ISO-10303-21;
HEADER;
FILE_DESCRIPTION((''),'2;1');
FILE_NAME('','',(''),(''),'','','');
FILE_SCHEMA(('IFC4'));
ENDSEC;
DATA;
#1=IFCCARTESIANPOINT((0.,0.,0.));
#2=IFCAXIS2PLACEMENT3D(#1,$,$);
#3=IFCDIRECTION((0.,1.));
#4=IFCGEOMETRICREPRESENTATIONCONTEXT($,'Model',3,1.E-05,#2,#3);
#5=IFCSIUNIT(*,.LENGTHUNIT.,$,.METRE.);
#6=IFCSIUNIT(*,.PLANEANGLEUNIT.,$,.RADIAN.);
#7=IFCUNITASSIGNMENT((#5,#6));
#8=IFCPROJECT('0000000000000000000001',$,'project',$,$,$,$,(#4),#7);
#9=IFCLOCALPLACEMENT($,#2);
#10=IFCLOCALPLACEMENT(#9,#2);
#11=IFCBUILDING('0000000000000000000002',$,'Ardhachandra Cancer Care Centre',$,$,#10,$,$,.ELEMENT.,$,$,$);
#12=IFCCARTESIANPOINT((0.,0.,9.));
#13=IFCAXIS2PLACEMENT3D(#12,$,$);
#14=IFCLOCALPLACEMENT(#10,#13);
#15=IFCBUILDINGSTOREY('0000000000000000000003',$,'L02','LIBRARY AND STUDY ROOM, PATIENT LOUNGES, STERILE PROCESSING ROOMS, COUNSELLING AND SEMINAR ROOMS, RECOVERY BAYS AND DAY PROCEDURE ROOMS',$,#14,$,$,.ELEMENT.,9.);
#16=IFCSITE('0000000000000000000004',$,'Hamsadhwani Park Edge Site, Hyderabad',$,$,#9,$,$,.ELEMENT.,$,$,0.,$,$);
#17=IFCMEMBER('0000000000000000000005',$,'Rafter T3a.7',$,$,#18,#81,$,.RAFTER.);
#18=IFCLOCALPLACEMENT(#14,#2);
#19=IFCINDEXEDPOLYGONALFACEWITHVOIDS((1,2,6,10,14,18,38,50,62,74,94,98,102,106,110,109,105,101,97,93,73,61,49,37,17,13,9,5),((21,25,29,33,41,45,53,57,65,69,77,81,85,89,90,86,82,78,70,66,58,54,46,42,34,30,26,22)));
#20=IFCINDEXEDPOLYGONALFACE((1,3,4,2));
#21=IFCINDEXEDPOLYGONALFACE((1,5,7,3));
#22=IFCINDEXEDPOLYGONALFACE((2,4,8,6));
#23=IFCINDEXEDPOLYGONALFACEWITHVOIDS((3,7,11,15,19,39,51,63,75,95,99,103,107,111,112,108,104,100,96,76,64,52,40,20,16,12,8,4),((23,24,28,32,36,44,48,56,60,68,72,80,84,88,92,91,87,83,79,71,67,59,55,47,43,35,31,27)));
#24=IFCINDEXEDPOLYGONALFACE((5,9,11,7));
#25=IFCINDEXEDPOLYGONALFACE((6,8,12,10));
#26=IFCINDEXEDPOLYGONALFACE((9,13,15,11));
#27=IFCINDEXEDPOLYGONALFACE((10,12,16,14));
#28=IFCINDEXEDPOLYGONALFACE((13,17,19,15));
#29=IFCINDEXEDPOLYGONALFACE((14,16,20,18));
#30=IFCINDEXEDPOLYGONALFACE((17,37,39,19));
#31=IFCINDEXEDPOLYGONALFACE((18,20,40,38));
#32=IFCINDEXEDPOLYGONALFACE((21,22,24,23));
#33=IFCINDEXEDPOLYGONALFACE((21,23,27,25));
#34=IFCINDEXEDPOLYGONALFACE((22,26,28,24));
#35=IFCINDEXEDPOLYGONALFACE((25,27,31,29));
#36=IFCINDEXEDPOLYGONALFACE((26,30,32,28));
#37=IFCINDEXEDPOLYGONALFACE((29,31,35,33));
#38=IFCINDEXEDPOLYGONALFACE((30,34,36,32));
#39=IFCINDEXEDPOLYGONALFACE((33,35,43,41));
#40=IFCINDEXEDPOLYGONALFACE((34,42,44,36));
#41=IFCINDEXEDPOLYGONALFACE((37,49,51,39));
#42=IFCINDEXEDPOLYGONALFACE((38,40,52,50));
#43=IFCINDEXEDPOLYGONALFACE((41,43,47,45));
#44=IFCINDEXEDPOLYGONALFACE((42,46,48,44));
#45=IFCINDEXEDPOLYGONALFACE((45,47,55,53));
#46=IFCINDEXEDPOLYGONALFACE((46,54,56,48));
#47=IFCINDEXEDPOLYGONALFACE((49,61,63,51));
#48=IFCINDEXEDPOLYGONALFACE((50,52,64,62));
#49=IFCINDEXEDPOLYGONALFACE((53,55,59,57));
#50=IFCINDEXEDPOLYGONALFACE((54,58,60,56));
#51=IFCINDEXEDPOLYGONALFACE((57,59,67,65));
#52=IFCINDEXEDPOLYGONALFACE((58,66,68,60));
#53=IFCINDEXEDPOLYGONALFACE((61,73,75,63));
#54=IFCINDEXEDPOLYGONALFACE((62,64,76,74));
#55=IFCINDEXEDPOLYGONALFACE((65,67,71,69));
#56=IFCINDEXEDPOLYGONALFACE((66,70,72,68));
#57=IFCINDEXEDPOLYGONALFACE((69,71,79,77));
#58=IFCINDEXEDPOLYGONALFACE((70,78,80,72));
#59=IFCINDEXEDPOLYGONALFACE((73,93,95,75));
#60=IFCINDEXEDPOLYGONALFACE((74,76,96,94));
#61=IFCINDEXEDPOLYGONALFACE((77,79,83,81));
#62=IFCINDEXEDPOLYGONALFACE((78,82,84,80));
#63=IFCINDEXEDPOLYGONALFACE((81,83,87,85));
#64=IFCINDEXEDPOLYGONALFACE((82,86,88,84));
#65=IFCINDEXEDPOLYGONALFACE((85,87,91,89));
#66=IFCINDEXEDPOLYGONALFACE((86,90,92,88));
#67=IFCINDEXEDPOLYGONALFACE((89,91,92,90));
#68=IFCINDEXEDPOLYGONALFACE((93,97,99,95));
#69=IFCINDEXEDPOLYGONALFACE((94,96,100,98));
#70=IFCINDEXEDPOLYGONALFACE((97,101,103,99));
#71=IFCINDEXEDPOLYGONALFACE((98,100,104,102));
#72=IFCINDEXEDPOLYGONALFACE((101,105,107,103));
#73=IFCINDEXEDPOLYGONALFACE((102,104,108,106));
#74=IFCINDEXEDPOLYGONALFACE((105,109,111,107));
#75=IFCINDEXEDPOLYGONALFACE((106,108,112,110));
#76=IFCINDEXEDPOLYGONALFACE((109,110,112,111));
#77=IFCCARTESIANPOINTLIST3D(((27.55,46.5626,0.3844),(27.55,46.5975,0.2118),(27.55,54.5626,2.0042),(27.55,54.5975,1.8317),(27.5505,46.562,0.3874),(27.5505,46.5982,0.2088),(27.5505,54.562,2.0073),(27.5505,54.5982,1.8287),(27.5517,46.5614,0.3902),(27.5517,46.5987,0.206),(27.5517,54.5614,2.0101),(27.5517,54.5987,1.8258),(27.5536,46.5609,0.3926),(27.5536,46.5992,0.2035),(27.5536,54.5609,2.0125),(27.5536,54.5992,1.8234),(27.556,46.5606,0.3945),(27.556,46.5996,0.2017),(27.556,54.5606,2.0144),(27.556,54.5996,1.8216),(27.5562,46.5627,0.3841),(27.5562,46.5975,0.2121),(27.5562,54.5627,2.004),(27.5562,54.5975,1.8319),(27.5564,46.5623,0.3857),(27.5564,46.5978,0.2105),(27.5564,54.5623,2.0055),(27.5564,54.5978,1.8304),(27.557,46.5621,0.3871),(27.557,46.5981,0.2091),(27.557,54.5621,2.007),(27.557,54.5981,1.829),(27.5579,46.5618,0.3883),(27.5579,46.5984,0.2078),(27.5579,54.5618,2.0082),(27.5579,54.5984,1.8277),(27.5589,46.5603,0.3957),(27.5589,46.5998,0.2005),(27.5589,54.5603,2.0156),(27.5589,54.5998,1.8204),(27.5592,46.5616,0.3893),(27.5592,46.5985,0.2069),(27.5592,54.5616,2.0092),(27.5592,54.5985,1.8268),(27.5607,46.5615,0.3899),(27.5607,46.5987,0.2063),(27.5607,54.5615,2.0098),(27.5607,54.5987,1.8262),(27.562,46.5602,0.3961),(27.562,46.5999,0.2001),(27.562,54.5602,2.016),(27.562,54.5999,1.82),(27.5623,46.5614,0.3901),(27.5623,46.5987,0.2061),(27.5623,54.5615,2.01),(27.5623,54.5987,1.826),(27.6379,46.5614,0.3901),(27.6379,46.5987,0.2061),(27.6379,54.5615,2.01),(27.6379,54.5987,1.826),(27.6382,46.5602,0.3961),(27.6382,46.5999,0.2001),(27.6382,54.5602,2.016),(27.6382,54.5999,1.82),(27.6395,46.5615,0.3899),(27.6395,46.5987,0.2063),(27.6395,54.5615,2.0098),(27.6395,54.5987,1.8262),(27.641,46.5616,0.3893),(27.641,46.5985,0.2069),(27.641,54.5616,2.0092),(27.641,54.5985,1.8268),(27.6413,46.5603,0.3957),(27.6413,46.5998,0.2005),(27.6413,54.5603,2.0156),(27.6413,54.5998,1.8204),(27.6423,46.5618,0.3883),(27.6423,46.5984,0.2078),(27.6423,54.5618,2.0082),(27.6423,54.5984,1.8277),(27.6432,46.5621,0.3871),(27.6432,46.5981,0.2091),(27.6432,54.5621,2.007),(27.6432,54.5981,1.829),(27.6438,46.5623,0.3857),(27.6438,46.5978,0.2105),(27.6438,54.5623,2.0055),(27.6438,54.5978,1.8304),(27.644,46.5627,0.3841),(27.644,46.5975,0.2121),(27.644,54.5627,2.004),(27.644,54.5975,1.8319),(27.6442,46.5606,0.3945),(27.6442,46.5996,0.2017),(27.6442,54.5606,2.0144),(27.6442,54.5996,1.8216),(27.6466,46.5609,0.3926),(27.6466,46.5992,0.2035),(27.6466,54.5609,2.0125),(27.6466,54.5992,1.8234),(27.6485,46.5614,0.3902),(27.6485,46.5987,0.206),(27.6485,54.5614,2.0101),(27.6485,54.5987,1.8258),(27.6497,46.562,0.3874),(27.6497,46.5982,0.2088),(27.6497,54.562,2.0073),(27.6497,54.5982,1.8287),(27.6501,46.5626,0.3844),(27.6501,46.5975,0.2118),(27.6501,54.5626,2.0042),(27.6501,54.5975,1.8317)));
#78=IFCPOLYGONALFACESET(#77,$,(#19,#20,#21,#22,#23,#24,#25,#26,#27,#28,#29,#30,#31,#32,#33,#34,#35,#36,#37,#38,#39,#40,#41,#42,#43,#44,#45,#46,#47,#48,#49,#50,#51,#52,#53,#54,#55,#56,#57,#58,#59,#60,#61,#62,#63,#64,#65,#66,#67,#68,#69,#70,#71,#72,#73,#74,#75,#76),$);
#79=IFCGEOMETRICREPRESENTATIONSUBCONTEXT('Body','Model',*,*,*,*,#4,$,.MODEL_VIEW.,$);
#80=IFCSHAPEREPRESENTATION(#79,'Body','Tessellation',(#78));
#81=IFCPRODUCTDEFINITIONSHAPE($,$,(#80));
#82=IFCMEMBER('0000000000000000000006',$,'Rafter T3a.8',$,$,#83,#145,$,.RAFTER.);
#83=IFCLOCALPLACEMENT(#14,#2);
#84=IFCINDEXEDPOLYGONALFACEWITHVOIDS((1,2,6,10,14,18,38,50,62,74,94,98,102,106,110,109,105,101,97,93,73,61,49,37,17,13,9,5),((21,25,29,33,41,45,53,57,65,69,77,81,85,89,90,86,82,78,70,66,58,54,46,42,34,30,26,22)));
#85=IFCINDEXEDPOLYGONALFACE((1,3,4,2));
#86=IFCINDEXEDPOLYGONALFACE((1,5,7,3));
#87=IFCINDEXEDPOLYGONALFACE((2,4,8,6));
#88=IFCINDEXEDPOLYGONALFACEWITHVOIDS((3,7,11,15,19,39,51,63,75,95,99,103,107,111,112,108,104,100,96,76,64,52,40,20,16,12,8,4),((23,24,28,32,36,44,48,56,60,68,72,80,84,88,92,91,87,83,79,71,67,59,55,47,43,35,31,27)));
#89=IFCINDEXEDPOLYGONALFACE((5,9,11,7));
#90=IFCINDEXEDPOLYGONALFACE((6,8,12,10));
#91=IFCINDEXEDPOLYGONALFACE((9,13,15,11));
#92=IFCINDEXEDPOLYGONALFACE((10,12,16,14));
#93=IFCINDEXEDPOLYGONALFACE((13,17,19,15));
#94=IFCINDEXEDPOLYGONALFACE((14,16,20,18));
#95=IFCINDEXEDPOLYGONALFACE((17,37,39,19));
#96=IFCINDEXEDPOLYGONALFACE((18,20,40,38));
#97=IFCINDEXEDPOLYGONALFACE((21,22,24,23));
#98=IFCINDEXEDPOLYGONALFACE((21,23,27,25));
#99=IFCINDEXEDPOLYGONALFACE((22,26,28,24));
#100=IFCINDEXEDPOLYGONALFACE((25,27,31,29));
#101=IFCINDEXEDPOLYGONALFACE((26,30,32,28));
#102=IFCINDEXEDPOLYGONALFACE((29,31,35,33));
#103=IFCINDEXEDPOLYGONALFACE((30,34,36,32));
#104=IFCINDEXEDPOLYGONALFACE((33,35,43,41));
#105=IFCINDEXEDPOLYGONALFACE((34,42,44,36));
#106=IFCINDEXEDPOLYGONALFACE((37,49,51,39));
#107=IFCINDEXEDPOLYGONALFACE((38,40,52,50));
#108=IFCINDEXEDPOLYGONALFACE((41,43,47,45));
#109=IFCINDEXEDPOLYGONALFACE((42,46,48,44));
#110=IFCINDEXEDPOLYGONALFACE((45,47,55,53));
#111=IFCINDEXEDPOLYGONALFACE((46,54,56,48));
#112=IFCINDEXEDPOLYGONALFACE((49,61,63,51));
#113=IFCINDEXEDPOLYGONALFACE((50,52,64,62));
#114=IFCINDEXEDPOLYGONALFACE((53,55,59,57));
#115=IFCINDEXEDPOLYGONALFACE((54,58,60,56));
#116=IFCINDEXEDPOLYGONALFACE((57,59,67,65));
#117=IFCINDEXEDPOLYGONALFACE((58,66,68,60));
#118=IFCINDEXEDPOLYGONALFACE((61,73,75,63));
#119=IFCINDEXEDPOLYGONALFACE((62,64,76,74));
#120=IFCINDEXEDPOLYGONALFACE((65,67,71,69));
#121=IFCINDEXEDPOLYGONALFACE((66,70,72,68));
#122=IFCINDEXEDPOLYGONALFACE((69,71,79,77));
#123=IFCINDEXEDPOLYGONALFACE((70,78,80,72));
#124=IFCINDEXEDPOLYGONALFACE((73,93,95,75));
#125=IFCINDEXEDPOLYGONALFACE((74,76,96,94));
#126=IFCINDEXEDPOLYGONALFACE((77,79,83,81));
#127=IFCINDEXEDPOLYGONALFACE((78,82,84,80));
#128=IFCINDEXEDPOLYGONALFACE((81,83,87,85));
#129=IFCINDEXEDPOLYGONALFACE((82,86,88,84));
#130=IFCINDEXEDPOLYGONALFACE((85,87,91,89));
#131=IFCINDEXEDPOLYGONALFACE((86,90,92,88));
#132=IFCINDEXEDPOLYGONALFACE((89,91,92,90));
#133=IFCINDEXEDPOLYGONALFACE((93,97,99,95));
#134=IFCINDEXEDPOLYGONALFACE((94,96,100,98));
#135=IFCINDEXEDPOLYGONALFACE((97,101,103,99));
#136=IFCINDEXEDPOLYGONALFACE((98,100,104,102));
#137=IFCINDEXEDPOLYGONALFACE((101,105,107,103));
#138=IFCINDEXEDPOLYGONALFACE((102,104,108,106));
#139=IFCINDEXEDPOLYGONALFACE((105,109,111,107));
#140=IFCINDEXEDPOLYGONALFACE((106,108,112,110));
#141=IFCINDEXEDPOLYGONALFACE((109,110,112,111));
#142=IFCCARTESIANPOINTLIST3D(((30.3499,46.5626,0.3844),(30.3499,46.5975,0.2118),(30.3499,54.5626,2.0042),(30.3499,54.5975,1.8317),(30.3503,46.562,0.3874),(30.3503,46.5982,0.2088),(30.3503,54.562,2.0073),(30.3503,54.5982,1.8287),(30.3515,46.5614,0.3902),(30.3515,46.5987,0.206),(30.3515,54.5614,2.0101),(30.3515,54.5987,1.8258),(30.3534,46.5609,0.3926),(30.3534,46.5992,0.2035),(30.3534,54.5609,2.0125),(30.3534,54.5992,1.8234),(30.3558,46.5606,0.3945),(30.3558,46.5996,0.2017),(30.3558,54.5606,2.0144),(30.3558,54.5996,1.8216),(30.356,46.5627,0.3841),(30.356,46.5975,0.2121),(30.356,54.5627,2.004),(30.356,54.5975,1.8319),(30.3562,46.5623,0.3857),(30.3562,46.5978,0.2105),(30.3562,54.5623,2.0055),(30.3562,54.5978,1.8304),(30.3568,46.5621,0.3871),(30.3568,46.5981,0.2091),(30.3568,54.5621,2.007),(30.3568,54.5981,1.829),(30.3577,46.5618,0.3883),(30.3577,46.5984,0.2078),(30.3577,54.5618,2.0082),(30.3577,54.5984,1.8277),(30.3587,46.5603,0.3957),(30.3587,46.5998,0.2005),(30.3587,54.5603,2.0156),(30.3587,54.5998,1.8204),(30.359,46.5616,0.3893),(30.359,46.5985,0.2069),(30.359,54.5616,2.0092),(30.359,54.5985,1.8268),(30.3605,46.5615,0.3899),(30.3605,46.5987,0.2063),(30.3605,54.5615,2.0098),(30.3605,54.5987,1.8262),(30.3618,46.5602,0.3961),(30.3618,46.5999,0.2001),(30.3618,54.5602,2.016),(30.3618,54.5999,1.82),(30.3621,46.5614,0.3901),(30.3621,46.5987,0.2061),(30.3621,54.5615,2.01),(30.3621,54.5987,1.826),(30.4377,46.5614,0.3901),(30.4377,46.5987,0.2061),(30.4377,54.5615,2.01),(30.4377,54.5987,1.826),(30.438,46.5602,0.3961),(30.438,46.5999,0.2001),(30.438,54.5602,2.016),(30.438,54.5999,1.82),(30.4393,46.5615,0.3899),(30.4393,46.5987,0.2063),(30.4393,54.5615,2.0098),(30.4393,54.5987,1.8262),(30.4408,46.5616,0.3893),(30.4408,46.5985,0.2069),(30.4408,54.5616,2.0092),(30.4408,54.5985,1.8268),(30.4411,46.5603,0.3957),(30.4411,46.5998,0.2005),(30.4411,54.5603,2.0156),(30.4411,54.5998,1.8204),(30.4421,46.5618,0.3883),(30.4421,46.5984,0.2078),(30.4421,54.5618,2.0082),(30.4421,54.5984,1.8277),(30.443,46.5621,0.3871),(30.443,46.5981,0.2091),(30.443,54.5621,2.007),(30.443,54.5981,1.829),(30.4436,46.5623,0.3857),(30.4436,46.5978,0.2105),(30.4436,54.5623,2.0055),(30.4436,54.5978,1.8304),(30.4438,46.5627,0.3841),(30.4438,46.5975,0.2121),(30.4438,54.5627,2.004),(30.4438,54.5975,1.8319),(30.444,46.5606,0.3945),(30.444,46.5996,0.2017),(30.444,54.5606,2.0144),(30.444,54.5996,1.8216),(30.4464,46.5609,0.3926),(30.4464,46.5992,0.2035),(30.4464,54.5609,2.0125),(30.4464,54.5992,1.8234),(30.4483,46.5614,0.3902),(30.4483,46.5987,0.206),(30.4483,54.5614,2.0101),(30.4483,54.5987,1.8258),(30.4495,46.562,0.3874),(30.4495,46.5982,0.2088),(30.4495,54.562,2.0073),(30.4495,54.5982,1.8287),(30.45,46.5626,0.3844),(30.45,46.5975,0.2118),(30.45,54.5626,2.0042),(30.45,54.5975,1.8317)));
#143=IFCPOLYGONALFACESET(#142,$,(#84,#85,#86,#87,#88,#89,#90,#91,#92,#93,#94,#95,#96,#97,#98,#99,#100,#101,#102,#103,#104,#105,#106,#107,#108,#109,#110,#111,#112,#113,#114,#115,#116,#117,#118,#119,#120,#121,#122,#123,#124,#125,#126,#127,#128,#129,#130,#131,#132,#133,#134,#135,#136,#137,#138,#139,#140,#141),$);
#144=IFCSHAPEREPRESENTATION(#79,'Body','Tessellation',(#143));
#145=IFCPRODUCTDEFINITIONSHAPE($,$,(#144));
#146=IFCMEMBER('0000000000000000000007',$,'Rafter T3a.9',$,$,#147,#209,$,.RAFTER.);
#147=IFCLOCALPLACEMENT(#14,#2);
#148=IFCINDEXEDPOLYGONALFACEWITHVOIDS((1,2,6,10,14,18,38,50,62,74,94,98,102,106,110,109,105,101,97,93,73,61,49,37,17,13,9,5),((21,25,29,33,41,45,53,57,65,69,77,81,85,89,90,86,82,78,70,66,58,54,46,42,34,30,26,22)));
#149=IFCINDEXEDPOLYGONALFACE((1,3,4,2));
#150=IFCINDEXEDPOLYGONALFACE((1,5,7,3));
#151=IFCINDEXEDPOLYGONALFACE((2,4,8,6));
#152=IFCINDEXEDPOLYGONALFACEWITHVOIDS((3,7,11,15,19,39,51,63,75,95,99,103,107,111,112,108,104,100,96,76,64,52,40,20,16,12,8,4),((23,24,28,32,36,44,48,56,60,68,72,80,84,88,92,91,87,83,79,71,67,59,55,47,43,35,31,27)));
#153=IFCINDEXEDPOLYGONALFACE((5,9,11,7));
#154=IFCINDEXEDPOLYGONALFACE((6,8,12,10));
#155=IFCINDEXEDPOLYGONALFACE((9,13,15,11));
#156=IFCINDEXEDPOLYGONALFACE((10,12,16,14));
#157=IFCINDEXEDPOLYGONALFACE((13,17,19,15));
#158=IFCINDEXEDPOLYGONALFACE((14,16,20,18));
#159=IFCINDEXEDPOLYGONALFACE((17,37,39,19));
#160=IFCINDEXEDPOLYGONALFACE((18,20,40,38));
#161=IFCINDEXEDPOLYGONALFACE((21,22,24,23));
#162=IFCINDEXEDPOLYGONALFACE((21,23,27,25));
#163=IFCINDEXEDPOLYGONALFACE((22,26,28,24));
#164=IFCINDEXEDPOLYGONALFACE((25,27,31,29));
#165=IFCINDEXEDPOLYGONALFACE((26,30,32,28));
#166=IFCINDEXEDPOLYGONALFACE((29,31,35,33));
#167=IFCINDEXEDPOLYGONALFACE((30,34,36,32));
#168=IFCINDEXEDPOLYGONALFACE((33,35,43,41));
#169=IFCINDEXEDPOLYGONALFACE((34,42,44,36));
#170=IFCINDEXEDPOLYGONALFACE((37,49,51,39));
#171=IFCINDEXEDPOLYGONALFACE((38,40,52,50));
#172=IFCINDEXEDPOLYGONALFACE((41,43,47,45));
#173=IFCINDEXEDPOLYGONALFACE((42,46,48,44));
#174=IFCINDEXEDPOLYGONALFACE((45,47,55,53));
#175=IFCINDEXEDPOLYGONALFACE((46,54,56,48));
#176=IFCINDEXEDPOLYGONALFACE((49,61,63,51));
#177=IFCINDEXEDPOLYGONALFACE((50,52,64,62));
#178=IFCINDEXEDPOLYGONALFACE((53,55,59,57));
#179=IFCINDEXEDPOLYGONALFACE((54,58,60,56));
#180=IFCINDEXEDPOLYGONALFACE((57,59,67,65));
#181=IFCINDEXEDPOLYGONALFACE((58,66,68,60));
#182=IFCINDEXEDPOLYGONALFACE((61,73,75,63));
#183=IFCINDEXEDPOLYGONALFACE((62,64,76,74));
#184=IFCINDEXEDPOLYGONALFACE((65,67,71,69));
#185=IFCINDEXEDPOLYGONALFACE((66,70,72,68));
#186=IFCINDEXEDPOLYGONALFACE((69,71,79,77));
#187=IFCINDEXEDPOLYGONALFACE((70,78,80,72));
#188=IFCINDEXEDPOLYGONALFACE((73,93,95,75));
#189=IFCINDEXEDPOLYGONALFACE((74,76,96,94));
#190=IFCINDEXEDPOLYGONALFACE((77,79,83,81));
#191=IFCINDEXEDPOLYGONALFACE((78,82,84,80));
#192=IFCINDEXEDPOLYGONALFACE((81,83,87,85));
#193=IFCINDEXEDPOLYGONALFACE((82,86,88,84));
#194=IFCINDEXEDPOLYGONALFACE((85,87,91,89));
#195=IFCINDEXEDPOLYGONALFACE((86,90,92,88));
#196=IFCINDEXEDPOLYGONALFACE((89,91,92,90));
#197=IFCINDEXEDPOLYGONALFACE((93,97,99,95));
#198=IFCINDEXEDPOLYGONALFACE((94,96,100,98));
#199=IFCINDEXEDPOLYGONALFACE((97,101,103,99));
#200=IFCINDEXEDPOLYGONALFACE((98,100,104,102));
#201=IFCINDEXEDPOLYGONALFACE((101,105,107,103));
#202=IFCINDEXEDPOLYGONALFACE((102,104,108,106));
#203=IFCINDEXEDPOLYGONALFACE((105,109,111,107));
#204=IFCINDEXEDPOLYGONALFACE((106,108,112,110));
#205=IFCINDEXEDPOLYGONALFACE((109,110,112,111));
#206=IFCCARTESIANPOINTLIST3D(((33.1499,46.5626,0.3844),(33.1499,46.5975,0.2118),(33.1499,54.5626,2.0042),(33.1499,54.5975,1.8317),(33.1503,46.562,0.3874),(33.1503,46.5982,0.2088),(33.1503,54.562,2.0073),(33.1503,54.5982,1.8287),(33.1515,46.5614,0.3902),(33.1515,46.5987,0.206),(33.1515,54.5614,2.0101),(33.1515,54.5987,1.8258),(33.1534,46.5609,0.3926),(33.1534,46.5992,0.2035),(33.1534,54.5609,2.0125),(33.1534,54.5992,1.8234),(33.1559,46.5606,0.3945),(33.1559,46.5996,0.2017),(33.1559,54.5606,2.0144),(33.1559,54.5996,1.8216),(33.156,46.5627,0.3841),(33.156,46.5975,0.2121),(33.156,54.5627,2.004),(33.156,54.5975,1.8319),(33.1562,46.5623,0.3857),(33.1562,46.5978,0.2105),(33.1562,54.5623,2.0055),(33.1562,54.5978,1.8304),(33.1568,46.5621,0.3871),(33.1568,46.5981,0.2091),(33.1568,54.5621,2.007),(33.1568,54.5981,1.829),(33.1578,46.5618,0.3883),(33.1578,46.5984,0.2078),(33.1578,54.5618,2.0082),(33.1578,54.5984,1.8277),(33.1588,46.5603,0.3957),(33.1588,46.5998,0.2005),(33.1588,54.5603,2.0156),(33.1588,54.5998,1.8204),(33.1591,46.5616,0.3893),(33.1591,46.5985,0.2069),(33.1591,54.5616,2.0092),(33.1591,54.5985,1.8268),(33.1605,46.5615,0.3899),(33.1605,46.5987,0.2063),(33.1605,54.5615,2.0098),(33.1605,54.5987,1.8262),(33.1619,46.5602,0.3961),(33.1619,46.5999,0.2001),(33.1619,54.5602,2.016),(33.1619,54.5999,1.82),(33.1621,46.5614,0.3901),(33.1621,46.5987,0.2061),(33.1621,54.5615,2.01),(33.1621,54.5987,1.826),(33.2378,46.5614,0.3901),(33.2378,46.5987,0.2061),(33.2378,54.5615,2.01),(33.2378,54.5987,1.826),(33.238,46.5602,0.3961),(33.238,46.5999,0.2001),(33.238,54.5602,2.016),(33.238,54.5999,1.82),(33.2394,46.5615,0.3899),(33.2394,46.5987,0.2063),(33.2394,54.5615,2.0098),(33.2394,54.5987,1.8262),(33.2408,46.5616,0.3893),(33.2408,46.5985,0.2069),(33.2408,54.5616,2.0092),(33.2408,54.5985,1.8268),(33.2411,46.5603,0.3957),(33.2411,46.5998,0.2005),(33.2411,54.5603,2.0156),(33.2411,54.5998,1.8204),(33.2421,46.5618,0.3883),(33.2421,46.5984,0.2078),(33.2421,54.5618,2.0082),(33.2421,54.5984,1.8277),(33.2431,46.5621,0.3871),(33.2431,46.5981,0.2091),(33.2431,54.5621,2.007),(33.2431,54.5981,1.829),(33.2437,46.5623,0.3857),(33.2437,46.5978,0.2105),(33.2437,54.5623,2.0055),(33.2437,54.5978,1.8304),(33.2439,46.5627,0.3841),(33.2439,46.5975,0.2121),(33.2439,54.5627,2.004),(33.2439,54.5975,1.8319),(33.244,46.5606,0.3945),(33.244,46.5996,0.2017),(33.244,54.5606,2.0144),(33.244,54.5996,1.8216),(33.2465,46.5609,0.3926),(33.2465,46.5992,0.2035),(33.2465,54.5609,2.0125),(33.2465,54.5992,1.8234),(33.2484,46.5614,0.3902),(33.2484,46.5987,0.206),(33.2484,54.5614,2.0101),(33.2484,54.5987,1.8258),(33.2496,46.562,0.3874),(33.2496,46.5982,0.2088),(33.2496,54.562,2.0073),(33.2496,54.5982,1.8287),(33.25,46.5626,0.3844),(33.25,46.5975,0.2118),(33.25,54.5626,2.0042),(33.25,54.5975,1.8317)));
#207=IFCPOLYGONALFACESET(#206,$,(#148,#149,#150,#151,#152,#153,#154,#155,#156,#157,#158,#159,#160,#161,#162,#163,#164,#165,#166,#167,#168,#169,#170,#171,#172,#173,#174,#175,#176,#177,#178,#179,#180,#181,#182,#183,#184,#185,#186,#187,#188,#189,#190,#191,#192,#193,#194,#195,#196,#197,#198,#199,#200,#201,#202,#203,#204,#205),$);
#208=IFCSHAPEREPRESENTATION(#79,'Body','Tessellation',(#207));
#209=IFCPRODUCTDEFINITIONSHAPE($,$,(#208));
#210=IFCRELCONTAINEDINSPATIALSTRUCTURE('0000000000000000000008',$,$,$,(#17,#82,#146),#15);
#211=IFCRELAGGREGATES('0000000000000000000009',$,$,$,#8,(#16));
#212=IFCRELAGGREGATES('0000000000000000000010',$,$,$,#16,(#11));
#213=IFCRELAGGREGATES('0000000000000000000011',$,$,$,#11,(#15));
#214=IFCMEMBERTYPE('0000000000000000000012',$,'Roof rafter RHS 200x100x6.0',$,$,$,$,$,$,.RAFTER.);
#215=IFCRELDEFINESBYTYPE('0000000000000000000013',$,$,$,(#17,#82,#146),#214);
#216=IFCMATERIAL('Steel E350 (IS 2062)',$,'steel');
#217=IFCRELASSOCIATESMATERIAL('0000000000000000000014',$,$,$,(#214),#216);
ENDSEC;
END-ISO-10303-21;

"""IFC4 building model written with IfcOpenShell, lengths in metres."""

from ifc_helpers import new_model, si_unit, direction, frame, origin, origin_2d, place, context, subcontext, project, spatial, hollow_rectangle, extrude, material, material_profile, profile_set, type_object, element, save


model = new_model("IFC4")

# Units and contexts
model_context = context("Model", 3, precision=1e-05, world=origin(), true_north=direction((0.0, 1.0)))
body_context = subcontext(model_context, "Body", "Model", "MODEL_VIEW")
ifc_project = project(units=[si_unit("LENGTHUNIT", "METRE"), si_unit("PLANEANGLEUNIT", "RADIAN")], contexts=[model_context])

# Site, building, storey
site_placement = place(None, origin())
site = spatial("IfcSite", under=ifc_project, at=site_placement, Name="Hamsadhwani Park Edge Site, Hyderabad", CompositionType="ELEMENT", RefElevation=0.0)
building_placement = place(site_placement, origin())
building = spatial("IfcBuilding", under=site, at=building_placement, Name="Ardhachandra Cancer Care Centre", CompositionType="ELEMENT")
storey_placement = place(building_placement, frame((0.0, 0.0, 9.0)))
storey = spatial("IfcBuildingStorey", under=building, at=storey_placement, Name="L02", Description="LIBRARY AND STUDY ROOM, PATIENT LOUNGES, STERILE PROCESSING ROOMS, COUNSELLING AND SEMINAR ROOMS, RECOVERY BAYS AND DAY PROCEDURE ROOMS", CompositionType="ELEMENT", Elevation=9.0)

# Members
ifc_material_1 = material(Name="Steel E350 (IS 2062)", Category="steel")
ifc_material_profile_1 = material_profile(ifc_material_1, hollow_rectangle(XDim=0.1001, YDim=0.2, WallThickness=0.0061, InnerFilletRadius=0.0061, OuterFilletRadius=0.012, at=origin_2d()), Name="RHS 200x100x6.0")
ifc_profile_set_1 = profile_set([ifc_material_profile_1], Name="Steel E350 (IS 2062)")
member_type_1 = type_object("IfcMemberType", Name="Roof rafter RHS 200x100x6.0", PredefinedType="RAFTER", material=ifc_profile_set_1)
for number, where, z_axis, x_axis, name in (
    (1, (27.6001, 46.5801, 0.2981), (0.0, 0.98011, 0.198457), (-1.0, 0.0, 0.0), "Rafter T3a.7"),
    (2, (30.3999, 46.5801, 0.2981), (0.0, 0.98011, 0.198457), (-1.0, 0.0, 0.0), "Rafter T3a.8"),
    (3, (33.2, 46.5801, 0.2981), (0.0, 0.98011, 0.198457), (-1.0, 0.0, 0.0), "Rafter T3a.9"),
):
    element("IfcMember", number, at=place(storey_placement, frame(where, z_axis=z_axis, x_axis=x_axis)), inside=storey, type_object=member_type_1, Name=name, PredefinedType="RAFTER", context=body_context, shape_type="SweptSolid", body=[
        extrude(hollow_rectangle(XDim=0.1001, YDim=0.2, WallThickness=0.0061, InnerFilletRadius=0.0061, OuterFilletRadius=0.012, at=origin_2d()), origin(), (0.0, 0.0, 1.0), 8.1624),
    ])

save(model, "model.ifc")
